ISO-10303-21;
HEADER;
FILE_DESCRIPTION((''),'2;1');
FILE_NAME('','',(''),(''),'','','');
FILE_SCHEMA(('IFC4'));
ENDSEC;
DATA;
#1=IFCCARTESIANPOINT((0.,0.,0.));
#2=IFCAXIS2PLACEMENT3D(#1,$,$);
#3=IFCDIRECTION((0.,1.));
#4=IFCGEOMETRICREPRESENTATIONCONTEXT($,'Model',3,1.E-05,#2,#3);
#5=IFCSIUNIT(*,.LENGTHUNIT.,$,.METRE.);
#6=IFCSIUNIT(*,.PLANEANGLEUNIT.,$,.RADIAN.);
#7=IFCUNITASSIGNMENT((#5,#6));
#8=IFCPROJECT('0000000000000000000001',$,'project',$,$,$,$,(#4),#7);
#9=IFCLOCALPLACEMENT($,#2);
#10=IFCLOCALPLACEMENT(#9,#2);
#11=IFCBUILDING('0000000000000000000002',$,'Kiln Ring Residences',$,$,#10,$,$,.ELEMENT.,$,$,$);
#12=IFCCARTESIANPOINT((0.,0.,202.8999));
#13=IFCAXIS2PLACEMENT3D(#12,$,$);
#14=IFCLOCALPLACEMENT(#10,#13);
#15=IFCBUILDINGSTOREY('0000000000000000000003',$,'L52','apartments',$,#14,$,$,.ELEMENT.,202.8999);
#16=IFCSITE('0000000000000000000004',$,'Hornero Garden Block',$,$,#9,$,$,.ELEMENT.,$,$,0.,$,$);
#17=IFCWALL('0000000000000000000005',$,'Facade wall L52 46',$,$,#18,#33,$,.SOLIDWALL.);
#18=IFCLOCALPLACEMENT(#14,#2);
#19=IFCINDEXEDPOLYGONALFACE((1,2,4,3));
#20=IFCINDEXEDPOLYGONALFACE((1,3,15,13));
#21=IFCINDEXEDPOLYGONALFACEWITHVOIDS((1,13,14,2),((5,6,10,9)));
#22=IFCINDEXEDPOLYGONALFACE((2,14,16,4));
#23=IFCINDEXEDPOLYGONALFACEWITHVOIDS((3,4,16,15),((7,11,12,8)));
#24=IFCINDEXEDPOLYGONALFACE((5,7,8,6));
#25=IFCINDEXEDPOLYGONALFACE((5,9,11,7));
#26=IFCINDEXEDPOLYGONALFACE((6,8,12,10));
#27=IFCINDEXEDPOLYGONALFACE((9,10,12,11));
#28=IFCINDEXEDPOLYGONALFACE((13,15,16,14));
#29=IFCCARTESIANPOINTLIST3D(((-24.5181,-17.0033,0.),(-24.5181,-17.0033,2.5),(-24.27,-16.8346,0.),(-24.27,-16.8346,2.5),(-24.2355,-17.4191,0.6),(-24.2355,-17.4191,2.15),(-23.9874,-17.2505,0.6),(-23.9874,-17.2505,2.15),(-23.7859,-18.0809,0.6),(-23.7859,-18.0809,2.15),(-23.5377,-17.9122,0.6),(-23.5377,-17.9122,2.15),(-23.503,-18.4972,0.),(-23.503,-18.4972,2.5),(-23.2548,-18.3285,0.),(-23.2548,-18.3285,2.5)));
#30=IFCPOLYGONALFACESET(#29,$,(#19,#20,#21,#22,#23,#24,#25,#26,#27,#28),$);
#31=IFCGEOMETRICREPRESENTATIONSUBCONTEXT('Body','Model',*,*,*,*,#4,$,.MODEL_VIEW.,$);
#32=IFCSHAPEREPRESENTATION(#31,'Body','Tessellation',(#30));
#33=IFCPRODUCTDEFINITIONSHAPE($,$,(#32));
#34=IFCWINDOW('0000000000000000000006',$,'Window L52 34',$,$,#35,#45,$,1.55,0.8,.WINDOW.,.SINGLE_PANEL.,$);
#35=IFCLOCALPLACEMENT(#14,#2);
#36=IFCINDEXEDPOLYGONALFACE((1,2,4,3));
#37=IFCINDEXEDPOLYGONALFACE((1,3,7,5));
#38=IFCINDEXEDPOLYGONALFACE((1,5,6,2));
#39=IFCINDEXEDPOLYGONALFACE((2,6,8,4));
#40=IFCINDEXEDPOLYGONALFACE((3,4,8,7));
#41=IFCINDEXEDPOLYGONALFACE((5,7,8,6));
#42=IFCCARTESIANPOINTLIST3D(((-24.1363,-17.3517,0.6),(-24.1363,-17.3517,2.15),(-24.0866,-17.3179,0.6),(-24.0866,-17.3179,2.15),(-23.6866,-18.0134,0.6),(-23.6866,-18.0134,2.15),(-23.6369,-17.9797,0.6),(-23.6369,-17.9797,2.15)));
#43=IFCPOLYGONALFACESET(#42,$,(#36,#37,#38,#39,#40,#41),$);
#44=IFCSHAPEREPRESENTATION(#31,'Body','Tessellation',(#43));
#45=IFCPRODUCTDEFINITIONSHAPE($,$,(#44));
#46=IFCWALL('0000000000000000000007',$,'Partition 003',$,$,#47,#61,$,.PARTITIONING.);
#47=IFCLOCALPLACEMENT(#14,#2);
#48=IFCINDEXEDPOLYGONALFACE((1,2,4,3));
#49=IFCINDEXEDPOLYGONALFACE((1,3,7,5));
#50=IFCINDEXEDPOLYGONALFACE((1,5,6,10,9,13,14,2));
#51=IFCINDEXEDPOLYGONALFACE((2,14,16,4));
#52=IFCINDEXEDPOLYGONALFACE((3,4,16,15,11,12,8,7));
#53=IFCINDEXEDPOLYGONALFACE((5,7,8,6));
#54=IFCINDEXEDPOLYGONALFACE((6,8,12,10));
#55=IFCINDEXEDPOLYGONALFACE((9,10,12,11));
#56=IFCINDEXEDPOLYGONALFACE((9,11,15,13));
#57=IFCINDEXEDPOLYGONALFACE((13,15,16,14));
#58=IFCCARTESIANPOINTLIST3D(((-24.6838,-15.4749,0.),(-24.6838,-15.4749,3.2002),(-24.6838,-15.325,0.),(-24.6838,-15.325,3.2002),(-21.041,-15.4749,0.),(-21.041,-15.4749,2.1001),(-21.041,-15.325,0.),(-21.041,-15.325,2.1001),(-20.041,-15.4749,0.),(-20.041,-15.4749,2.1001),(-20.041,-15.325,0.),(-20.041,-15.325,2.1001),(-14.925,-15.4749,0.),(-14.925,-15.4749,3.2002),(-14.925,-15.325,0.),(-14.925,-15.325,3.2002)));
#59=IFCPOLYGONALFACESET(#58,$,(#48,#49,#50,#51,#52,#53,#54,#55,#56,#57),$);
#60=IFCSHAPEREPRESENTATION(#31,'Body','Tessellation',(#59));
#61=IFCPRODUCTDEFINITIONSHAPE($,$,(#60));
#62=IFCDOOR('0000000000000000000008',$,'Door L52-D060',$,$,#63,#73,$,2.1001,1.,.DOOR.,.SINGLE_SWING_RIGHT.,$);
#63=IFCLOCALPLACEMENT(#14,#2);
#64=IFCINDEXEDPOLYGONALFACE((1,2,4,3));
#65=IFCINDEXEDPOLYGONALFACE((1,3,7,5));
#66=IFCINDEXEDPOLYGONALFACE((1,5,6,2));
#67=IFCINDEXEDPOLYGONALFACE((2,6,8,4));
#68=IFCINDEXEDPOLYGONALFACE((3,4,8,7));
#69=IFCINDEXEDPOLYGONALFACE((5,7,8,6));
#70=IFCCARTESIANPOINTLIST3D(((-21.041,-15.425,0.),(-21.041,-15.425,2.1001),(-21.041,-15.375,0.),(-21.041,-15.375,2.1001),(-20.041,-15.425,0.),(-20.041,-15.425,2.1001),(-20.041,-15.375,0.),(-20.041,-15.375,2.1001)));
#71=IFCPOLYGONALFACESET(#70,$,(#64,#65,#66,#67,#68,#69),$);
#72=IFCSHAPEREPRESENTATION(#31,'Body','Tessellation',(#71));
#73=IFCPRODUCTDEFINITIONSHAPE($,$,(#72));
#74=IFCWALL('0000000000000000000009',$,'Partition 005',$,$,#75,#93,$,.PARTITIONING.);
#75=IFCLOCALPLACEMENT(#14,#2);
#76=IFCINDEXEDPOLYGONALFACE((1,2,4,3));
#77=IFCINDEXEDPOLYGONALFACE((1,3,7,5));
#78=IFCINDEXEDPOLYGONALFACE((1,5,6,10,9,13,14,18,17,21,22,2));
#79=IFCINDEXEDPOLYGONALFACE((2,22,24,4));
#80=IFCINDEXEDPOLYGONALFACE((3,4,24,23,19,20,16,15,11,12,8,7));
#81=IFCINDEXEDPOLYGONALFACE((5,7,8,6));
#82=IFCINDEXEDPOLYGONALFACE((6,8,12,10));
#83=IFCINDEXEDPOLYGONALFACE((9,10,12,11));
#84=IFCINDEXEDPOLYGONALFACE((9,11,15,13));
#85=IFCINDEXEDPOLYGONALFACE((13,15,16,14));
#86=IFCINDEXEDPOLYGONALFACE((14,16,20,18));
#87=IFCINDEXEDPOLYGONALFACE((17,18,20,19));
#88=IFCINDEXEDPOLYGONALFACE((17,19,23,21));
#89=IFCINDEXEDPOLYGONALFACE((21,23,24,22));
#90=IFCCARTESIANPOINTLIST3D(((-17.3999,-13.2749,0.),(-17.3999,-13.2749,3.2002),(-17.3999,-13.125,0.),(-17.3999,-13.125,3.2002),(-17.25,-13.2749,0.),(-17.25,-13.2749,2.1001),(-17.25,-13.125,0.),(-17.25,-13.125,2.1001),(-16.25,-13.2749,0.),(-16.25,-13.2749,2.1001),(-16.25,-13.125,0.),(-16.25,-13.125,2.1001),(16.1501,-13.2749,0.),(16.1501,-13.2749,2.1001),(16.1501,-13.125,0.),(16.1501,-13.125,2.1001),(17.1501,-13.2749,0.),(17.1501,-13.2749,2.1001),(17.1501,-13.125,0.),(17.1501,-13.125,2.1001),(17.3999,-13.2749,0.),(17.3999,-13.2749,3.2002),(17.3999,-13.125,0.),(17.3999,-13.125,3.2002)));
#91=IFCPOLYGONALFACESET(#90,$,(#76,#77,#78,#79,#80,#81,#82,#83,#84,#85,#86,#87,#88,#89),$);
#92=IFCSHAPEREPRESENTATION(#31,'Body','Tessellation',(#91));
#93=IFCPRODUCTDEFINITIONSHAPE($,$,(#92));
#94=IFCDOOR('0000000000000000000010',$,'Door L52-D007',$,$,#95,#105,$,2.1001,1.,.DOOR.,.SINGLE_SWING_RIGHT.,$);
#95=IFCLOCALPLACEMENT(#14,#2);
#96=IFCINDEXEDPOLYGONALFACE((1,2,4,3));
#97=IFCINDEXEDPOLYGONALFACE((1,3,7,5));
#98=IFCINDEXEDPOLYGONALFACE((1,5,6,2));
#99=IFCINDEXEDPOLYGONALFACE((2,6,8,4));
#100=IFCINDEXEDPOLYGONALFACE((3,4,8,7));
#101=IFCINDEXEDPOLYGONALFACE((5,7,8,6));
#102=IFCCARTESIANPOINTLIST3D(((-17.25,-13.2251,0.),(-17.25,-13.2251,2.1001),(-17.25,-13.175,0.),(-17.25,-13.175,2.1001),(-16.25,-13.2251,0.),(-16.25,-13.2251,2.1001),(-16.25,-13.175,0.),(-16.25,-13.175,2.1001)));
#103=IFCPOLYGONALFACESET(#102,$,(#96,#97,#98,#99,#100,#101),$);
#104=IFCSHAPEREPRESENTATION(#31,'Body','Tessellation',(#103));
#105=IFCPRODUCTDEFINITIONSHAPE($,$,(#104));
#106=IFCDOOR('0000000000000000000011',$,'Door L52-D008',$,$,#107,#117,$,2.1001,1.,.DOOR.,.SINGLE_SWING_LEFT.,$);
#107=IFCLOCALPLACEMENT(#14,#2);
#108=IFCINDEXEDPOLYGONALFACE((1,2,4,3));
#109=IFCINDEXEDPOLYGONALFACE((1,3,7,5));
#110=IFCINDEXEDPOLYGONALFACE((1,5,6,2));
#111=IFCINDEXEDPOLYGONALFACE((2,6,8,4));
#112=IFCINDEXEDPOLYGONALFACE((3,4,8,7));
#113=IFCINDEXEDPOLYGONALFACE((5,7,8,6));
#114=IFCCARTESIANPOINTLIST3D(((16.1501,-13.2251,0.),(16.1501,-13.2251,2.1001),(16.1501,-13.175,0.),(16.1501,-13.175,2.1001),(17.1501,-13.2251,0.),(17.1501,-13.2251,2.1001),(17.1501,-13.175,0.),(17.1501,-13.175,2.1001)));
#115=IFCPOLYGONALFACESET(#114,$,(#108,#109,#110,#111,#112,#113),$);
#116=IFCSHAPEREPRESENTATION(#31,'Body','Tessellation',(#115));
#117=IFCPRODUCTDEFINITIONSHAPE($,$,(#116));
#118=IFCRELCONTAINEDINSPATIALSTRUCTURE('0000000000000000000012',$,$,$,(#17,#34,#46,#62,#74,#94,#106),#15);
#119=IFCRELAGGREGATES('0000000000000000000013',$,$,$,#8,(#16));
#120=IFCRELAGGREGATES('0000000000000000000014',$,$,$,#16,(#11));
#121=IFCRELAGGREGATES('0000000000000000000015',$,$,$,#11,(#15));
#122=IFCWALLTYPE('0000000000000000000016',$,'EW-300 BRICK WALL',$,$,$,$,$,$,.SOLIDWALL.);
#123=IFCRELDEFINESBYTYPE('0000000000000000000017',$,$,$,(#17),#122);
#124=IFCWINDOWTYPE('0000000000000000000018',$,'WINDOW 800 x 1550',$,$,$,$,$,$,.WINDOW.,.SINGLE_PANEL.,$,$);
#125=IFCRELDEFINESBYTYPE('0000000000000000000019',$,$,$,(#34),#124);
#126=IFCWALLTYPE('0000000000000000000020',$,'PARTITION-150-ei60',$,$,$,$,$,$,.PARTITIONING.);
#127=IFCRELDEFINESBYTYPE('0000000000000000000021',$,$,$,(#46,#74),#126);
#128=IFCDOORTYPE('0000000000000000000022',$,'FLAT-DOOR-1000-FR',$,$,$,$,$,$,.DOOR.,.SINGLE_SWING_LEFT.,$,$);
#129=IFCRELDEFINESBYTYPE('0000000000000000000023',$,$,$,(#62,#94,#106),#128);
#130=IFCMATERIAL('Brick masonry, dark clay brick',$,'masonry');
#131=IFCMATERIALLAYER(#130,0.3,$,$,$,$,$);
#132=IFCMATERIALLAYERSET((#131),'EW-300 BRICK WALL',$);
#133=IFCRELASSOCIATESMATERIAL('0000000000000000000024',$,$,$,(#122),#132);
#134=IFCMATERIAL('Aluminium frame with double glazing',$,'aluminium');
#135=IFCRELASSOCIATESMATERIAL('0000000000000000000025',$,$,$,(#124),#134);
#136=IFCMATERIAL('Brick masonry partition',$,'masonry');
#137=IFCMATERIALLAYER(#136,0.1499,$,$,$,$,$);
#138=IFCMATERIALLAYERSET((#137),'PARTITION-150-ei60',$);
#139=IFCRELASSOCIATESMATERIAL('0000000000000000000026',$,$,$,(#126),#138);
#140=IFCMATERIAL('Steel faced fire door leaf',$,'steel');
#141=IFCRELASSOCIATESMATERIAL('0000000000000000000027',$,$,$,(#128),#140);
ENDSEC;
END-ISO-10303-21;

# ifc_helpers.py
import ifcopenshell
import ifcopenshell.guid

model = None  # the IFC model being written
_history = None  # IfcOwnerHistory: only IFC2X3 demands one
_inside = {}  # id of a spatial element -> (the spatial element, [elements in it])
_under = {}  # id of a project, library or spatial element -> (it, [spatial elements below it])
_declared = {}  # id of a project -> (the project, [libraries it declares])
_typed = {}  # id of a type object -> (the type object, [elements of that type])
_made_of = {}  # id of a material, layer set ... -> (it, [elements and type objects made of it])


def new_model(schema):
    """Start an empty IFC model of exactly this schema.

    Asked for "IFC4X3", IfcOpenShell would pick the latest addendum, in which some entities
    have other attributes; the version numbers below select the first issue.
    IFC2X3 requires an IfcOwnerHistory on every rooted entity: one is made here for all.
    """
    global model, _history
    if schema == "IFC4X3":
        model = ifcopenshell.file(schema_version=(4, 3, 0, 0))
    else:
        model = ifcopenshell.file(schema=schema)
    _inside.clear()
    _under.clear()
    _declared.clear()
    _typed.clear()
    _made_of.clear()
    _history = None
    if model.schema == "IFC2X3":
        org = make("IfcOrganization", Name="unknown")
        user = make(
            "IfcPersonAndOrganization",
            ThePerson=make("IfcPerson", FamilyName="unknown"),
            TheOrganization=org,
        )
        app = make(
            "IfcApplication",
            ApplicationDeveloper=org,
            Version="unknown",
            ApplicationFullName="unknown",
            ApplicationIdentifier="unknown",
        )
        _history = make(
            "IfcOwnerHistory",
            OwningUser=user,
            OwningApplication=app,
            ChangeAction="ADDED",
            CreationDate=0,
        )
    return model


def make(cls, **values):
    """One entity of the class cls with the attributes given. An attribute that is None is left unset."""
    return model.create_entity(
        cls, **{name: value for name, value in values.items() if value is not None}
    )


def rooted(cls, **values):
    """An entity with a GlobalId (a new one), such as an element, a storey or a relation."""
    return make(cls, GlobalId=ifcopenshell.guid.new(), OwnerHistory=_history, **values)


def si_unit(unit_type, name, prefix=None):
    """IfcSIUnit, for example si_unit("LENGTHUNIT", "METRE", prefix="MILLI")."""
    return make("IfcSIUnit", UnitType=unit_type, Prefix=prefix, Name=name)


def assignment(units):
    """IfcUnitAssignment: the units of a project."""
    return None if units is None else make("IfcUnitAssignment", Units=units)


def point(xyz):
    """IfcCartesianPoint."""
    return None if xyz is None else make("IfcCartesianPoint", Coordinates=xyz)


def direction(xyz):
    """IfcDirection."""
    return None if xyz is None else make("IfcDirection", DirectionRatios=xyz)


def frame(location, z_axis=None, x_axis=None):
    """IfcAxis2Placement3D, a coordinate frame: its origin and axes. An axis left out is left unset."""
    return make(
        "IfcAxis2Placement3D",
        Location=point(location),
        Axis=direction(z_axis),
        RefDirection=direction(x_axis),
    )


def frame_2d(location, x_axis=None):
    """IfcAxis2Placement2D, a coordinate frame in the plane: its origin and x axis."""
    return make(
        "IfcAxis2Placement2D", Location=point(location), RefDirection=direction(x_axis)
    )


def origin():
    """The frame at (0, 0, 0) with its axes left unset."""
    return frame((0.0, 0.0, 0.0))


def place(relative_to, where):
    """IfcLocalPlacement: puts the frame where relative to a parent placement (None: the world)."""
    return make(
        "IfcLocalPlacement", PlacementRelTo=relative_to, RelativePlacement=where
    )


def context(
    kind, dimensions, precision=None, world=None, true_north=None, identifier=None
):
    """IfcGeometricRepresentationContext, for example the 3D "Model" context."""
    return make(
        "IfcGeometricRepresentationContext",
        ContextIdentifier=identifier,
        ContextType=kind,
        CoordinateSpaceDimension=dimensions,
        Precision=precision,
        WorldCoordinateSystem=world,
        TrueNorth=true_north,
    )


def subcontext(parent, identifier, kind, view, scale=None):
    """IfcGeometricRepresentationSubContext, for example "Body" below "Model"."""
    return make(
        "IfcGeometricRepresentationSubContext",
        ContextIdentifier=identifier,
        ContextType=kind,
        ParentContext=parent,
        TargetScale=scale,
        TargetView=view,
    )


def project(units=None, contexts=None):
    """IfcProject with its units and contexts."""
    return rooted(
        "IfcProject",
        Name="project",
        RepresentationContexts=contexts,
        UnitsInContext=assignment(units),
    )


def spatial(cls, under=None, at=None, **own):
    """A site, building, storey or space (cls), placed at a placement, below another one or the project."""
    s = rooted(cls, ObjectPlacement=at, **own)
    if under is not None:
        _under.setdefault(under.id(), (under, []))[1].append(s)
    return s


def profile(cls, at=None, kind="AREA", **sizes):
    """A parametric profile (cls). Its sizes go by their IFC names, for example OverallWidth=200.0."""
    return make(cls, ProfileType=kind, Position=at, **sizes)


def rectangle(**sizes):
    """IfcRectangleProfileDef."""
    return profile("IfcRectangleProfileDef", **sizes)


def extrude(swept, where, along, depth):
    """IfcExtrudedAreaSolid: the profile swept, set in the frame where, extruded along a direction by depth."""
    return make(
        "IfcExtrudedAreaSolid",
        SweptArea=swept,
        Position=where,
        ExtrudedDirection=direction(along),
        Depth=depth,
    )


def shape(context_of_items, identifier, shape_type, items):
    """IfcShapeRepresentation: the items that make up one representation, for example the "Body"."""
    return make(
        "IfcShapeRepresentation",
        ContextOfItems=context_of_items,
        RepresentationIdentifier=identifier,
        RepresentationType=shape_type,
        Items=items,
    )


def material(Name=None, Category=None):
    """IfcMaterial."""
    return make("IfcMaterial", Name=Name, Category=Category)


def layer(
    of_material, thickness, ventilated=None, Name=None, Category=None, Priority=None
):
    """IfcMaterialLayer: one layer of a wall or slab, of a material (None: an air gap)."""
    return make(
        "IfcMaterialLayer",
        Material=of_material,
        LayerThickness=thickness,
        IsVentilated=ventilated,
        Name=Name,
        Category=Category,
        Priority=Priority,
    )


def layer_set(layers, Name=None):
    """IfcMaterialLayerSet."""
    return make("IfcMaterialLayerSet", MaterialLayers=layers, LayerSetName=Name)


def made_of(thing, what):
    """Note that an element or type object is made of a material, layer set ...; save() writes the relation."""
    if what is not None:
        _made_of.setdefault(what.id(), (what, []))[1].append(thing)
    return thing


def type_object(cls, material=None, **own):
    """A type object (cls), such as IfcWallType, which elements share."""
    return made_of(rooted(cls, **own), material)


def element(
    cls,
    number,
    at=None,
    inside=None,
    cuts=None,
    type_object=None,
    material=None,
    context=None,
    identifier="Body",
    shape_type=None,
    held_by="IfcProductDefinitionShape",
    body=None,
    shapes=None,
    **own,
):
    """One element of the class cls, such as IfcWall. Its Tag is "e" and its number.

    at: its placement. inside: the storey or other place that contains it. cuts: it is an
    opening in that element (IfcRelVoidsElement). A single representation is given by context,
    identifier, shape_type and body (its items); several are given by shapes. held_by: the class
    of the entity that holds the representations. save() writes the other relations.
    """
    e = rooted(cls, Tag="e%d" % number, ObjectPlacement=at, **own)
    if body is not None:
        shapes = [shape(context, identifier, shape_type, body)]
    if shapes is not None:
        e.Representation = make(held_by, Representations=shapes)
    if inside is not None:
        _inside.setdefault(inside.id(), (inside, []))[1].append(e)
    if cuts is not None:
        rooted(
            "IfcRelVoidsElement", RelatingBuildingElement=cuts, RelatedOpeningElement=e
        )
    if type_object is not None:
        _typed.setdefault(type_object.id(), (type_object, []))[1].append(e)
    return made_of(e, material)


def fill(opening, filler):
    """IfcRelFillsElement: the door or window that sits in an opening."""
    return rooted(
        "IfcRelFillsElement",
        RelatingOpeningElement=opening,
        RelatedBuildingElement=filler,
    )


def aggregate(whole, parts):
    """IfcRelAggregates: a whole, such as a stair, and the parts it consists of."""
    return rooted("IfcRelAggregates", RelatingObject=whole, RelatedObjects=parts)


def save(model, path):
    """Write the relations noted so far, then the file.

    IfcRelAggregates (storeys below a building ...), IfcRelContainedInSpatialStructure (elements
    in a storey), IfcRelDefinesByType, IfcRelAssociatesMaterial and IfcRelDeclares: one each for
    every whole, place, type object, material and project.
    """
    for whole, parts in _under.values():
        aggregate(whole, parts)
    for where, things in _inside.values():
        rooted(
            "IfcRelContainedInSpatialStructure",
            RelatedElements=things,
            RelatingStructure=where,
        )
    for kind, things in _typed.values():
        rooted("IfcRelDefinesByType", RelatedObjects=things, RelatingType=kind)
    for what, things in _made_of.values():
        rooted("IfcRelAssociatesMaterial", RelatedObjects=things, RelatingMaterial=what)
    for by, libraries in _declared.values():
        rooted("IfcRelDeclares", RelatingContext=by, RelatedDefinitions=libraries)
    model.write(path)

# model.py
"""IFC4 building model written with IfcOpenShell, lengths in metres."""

from ifc_helpers import new_model, si_unit, direction, frame, frame_2d, origin, place, context, subcontext, project, spatial, rectangle, extrude, material, layer, layer_set, type_object, element, fill, save


model = new_model("IFC4")

# Units and contexts
model_context = context("Model", 3, precision=1e-05, world=origin(), true_north=direction((0.0, 1.0)))
body_context = subcontext(model_context, "Body", "Model", "MODEL_VIEW")
ifc_project = project(units=[si_unit("LENGTHUNIT", "METRE"), si_unit("PLANEANGLEUNIT", "RADIAN")], contexts=[model_context])

# Site, building, storey
site_placement = place(None, origin())
site = spatial("IfcSite", under=ifc_project, at=site_placement, Name="Hornero Garden Block", CompositionType="ELEMENT", RefElevation=0.0)
building_placement = place(site_placement, origin())
building = spatial("IfcBuilding", under=site, at=building_placement, Name="Kiln Ring Residences", CompositionType="ELEMENT")
storey_placement = place(building_placement, frame((0.0, 0.0, 202.8999)))
storey = spatial("IfcBuildingStorey", under=building, at=storey_placement, Name="L52", Description="apartments", CompositionType="ELEMENT", Elevation=202.8999)

# Shared definitions
ifc_material_1 = material(Name="Brick masonry, dark clay brick", Category="masonry")
ifc_layer_1 = layer(ifc_material_1, 0.3)
ifc_layer_set_1 = layer_set([ifc_layer_1], Name="EW-300 BRICK WALL")
wall_type_1 = type_object("IfcWallType", Name="EW-300 BRICK WALL", PredefinedType="SOLIDWALL", material=ifc_layer_set_1)

# Wall, opening, window
wall_1_placement = place(storey_placement, frame((-24.394, -16.9189, 0.0), z_axis=(0.0, 0.0, 1.0), x_axis=(0.56204, -0.82711, 0.0)))
wall_1 = element("IfcWall", 1, at=wall_1_placement, inside=storey, type_object=wall_type_1, Name="Facade wall L52 46", PredefinedType="SOLIDWALL", context=body_context, shape_type="SweptSolid", body=[
    extrude(rectangle(XDim=1.8062, YDim=0.3, at=frame_2d((0.9031, 0.0))), origin(), (0.0, 0.0, 1.0), 2.5),
])
opening_1_placement = place(wall_1_placement, frame((0.5029, 0.0, 0.6001)))
opening_1 = element("IfcOpeningElement", 2, at=opening_1_placement, cuts=wall_1, PredefinedType="OPENING", context=body_context, shape_type="SweptSolid", body=[
    extrude(rectangle(XDim=0.8, YDim=1.55, at=frame_2d((0.3999, 0.7749))), frame((0.0, 0.1599, 0.0), z_axis=(0.0, -1.0, 0.0), x_axis=(1.0, 0.0, 0.0)), (0.0, 0.0, 1.0), 0.3201),
])
ifc_material_2 = material(Name="Aluminium frame with double glazing", Category="aluminium")
window_type = type_object("IfcWindowType", Name="WINDOW 800 x 1550", PartitioningType="SINGLE_PANEL", PredefinedType="WINDOW", material=ifc_material_2)
window_placement = place(opening_1_placement, origin())
window = element("IfcWindow", 3, at=window_placement, inside=storey, type_object=window_type, Name="Window L52 34", OverallHeight=1.55, OverallWidth=0.8, PartitioningType="SINGLE_PANEL", PredefinedType="WINDOW", context=body_context, shape_type="SweptSolid", body=[
    extrude(rectangle(XDim=0.8, YDim=1.55, at=frame_2d((0.3999, 0.7749))), frame((0.0, 0.03, 0.0), z_axis=(0.0, -1.0, 0.0), x_axis=(1.0, 0.0, 0.0)), (0.0, 0.0, 1.0), 0.0601),
])
fill(opening_1, window)

# Wall, opening, door
ifc_material_3 = material(Name="Brick masonry partition", Category="masonry")
ifc_layer_2 = layer(ifc_material_3, 0.1499)
ifc_layer_set_2 = layer_set([ifc_layer_2], Name="PARTITION-150-ei60")
wall_type_2 = type_object("IfcWallType", Name="PARTITION-150-ei60", PredefinedType="PARTITIONING", material=ifc_layer_set_2)
wall_2_placement = place(storey_placement, frame((-24.6838, -15.3999, 0.0), z_axis=(0.0, 0.0, 1.0), x_axis=(1.0, 0.0, 0.0)))
wall_2 = element("IfcWall", 4, at=wall_2_placement, inside=storey, type_object=wall_type_2, Name="Partition 003", PredefinedType="PARTITIONING", context=body_context, shape_type="SweptSolid", body=[
    extrude(rectangle(XDim=9.7588, YDim=0.1499, at=frame_2d((4.8794, 0.0))), origin(), (0.0, 0.0, 1.0), 3.2002),
])
opening_2_placement = place(wall_2_placement, frame((3.6428, 0.0, 0.0)))
opening_2 = element("IfcOpeningElement", 5, at=opening_2_placement, cuts=wall_2, PredefinedType="OPENING", context=body_context, shape_type="SweptSolid", body=[
    extrude(rectangle(XDim=1.0, YDim=2.1001, at=frame_2d((0.5, 1.05))), frame((0.0, 0.085, 0.0), z_axis=(0.0, -1.0, 0.0), x_axis=(1.0, 0.0, 0.0)), (0.0, 0.0, 1.0), 0.1699),
])
ifc_material_4 = material(Name="Steel faced fire door leaf", Category="steel")
door_type_1 = type_object("IfcDoorType", Name="FLAT-DOOR-1000-FR", OperationType="SINGLE_SWING_LEFT", PredefinedType="DOOR", material=ifc_material_4)
door_1_placement = place(opening_2_placement, origin())
door_1 = element("IfcDoor", 6, at=door_1_placement, inside=storey, type_object=door_type_1, Name="Door L52-D060", OperationType="SINGLE_SWING_RIGHT", OverallHeight=2.1001, OverallWidth=1.0, PredefinedType="DOOR", context=body_context, shape_type="SweptSolid", body=[
    extrude(rectangle(XDim=1.0, YDim=2.1001, at=frame_2d((0.5, 1.05))), frame((0.0, 0.0249, 0.0), z_axis=(0.0, -1.0, 0.0), x_axis=(1.0, 0.0, 0.0)), (0.0, 0.0, 1.0), 0.05),
])
fill(opening_2, door_1)

# Wall, openings, doors
wall_3_placement = place(storey_placement, frame((-17.3999, -13.2, 0.0), z_axis=(0.0, 0.0, 1.0), x_axis=(1.0, 0.0, 0.0)))
wall_3 = element("IfcWall", 7, at=wall_3_placement, inside=storey, type_object=wall_type_2, Name="Partition 005", PredefinedType="PARTITIONING", context=body_context, shape_type="SweptSolid", body=[
    extrude(rectangle(XDim=34.7998, YDim=0.1499, at=frame_2d((17.3999, 0.0))), origin(), (0.0, 0.0, 1.0), 3.2002),
])
opening_3_placement = place(wall_3_placement, frame((0.1499, 0.0, 0.0)))
opening_3 = element("IfcOpeningElement", 8, at=opening_3_placement, cuts=wall_3, PredefinedType="OPENING", context=body_context, shape_type="SweptSolid", body=[
    extrude(rectangle(XDim=1.0, YDim=2.1001, at=frame_2d((0.5, 1.05))), frame((0.0, 0.085, 0.0), z_axis=(0.0, -1.0, 0.0), x_axis=(1.0, 0.0, 0.0)), (0.0, 0.0, 1.0), 0.1699),
])
opening_4_placement = place(wall_3_placement, frame((33.55, 0.0, 0.0)))
opening_4 = element("IfcOpeningElement", 9, at=opening_4_placement, cuts=wall_3, PredefinedType="OPENING", context=body_context, shape_type="SweptSolid", body=[
    extrude(rectangle(XDim=1.0, YDim=2.1001, at=frame_2d((0.5, 1.05))), frame((0.0, 0.085, 0.0), z_axis=(0.0, -1.0, 0.0), x_axis=(1.0, 0.0, 0.0)), (0.0, 0.0, 1.0), 0.1699),
])
door_2_placement = place(opening_3_placement, origin())
door_2 = element("IfcDoor", 10, at=door_2_placement, inside=storey, type_object=door_type_1, Name="Door L52-D007", OperationType="SINGLE_SWING_RIGHT", OverallHeight=2.1001, OverallWidth=1.0, PredefinedType="DOOR", context=body_context, shape_type="SweptSolid", body=[
    extrude(rectangle(XDim=1.0, YDim=2.1001, at=frame_2d((0.5, 1.05))), frame((0.0, 0.0249, 0.0), z_axis=(0.0, -1.0, 0.0), x_axis=(1.0, 0.0, 0.0)), (0.0, 0.0, 1.0), 0.05),
])
fill(opening_3, door_2)
door_3_placement = place(opening_4_placement, origin())
door_3 = element("IfcDoor", 11, at=door_3_placement, inside=storey, type_object=door_type_1, Name="Door L52-D008", OperationType="SINGLE_SWING_LEFT", OverallHeight=2.1001, OverallWidth=1.0, PredefinedType="DOOR", context=body_context, shape_type="SweptSolid", body=[
    extrude(rectangle(XDim=1.0, YDim=2.1001, at=frame_2d((0.5, 1.05))), frame((0.0, 0.0249, 0.0), z_axis=(0.0, -1.0, 0.0), x_axis=(1.0, 0.0, 0.0)), (0.0, 0.0, 1.0), 0.05),
])
fill(opening_4, door_3)

save(model, "model.ifc")
